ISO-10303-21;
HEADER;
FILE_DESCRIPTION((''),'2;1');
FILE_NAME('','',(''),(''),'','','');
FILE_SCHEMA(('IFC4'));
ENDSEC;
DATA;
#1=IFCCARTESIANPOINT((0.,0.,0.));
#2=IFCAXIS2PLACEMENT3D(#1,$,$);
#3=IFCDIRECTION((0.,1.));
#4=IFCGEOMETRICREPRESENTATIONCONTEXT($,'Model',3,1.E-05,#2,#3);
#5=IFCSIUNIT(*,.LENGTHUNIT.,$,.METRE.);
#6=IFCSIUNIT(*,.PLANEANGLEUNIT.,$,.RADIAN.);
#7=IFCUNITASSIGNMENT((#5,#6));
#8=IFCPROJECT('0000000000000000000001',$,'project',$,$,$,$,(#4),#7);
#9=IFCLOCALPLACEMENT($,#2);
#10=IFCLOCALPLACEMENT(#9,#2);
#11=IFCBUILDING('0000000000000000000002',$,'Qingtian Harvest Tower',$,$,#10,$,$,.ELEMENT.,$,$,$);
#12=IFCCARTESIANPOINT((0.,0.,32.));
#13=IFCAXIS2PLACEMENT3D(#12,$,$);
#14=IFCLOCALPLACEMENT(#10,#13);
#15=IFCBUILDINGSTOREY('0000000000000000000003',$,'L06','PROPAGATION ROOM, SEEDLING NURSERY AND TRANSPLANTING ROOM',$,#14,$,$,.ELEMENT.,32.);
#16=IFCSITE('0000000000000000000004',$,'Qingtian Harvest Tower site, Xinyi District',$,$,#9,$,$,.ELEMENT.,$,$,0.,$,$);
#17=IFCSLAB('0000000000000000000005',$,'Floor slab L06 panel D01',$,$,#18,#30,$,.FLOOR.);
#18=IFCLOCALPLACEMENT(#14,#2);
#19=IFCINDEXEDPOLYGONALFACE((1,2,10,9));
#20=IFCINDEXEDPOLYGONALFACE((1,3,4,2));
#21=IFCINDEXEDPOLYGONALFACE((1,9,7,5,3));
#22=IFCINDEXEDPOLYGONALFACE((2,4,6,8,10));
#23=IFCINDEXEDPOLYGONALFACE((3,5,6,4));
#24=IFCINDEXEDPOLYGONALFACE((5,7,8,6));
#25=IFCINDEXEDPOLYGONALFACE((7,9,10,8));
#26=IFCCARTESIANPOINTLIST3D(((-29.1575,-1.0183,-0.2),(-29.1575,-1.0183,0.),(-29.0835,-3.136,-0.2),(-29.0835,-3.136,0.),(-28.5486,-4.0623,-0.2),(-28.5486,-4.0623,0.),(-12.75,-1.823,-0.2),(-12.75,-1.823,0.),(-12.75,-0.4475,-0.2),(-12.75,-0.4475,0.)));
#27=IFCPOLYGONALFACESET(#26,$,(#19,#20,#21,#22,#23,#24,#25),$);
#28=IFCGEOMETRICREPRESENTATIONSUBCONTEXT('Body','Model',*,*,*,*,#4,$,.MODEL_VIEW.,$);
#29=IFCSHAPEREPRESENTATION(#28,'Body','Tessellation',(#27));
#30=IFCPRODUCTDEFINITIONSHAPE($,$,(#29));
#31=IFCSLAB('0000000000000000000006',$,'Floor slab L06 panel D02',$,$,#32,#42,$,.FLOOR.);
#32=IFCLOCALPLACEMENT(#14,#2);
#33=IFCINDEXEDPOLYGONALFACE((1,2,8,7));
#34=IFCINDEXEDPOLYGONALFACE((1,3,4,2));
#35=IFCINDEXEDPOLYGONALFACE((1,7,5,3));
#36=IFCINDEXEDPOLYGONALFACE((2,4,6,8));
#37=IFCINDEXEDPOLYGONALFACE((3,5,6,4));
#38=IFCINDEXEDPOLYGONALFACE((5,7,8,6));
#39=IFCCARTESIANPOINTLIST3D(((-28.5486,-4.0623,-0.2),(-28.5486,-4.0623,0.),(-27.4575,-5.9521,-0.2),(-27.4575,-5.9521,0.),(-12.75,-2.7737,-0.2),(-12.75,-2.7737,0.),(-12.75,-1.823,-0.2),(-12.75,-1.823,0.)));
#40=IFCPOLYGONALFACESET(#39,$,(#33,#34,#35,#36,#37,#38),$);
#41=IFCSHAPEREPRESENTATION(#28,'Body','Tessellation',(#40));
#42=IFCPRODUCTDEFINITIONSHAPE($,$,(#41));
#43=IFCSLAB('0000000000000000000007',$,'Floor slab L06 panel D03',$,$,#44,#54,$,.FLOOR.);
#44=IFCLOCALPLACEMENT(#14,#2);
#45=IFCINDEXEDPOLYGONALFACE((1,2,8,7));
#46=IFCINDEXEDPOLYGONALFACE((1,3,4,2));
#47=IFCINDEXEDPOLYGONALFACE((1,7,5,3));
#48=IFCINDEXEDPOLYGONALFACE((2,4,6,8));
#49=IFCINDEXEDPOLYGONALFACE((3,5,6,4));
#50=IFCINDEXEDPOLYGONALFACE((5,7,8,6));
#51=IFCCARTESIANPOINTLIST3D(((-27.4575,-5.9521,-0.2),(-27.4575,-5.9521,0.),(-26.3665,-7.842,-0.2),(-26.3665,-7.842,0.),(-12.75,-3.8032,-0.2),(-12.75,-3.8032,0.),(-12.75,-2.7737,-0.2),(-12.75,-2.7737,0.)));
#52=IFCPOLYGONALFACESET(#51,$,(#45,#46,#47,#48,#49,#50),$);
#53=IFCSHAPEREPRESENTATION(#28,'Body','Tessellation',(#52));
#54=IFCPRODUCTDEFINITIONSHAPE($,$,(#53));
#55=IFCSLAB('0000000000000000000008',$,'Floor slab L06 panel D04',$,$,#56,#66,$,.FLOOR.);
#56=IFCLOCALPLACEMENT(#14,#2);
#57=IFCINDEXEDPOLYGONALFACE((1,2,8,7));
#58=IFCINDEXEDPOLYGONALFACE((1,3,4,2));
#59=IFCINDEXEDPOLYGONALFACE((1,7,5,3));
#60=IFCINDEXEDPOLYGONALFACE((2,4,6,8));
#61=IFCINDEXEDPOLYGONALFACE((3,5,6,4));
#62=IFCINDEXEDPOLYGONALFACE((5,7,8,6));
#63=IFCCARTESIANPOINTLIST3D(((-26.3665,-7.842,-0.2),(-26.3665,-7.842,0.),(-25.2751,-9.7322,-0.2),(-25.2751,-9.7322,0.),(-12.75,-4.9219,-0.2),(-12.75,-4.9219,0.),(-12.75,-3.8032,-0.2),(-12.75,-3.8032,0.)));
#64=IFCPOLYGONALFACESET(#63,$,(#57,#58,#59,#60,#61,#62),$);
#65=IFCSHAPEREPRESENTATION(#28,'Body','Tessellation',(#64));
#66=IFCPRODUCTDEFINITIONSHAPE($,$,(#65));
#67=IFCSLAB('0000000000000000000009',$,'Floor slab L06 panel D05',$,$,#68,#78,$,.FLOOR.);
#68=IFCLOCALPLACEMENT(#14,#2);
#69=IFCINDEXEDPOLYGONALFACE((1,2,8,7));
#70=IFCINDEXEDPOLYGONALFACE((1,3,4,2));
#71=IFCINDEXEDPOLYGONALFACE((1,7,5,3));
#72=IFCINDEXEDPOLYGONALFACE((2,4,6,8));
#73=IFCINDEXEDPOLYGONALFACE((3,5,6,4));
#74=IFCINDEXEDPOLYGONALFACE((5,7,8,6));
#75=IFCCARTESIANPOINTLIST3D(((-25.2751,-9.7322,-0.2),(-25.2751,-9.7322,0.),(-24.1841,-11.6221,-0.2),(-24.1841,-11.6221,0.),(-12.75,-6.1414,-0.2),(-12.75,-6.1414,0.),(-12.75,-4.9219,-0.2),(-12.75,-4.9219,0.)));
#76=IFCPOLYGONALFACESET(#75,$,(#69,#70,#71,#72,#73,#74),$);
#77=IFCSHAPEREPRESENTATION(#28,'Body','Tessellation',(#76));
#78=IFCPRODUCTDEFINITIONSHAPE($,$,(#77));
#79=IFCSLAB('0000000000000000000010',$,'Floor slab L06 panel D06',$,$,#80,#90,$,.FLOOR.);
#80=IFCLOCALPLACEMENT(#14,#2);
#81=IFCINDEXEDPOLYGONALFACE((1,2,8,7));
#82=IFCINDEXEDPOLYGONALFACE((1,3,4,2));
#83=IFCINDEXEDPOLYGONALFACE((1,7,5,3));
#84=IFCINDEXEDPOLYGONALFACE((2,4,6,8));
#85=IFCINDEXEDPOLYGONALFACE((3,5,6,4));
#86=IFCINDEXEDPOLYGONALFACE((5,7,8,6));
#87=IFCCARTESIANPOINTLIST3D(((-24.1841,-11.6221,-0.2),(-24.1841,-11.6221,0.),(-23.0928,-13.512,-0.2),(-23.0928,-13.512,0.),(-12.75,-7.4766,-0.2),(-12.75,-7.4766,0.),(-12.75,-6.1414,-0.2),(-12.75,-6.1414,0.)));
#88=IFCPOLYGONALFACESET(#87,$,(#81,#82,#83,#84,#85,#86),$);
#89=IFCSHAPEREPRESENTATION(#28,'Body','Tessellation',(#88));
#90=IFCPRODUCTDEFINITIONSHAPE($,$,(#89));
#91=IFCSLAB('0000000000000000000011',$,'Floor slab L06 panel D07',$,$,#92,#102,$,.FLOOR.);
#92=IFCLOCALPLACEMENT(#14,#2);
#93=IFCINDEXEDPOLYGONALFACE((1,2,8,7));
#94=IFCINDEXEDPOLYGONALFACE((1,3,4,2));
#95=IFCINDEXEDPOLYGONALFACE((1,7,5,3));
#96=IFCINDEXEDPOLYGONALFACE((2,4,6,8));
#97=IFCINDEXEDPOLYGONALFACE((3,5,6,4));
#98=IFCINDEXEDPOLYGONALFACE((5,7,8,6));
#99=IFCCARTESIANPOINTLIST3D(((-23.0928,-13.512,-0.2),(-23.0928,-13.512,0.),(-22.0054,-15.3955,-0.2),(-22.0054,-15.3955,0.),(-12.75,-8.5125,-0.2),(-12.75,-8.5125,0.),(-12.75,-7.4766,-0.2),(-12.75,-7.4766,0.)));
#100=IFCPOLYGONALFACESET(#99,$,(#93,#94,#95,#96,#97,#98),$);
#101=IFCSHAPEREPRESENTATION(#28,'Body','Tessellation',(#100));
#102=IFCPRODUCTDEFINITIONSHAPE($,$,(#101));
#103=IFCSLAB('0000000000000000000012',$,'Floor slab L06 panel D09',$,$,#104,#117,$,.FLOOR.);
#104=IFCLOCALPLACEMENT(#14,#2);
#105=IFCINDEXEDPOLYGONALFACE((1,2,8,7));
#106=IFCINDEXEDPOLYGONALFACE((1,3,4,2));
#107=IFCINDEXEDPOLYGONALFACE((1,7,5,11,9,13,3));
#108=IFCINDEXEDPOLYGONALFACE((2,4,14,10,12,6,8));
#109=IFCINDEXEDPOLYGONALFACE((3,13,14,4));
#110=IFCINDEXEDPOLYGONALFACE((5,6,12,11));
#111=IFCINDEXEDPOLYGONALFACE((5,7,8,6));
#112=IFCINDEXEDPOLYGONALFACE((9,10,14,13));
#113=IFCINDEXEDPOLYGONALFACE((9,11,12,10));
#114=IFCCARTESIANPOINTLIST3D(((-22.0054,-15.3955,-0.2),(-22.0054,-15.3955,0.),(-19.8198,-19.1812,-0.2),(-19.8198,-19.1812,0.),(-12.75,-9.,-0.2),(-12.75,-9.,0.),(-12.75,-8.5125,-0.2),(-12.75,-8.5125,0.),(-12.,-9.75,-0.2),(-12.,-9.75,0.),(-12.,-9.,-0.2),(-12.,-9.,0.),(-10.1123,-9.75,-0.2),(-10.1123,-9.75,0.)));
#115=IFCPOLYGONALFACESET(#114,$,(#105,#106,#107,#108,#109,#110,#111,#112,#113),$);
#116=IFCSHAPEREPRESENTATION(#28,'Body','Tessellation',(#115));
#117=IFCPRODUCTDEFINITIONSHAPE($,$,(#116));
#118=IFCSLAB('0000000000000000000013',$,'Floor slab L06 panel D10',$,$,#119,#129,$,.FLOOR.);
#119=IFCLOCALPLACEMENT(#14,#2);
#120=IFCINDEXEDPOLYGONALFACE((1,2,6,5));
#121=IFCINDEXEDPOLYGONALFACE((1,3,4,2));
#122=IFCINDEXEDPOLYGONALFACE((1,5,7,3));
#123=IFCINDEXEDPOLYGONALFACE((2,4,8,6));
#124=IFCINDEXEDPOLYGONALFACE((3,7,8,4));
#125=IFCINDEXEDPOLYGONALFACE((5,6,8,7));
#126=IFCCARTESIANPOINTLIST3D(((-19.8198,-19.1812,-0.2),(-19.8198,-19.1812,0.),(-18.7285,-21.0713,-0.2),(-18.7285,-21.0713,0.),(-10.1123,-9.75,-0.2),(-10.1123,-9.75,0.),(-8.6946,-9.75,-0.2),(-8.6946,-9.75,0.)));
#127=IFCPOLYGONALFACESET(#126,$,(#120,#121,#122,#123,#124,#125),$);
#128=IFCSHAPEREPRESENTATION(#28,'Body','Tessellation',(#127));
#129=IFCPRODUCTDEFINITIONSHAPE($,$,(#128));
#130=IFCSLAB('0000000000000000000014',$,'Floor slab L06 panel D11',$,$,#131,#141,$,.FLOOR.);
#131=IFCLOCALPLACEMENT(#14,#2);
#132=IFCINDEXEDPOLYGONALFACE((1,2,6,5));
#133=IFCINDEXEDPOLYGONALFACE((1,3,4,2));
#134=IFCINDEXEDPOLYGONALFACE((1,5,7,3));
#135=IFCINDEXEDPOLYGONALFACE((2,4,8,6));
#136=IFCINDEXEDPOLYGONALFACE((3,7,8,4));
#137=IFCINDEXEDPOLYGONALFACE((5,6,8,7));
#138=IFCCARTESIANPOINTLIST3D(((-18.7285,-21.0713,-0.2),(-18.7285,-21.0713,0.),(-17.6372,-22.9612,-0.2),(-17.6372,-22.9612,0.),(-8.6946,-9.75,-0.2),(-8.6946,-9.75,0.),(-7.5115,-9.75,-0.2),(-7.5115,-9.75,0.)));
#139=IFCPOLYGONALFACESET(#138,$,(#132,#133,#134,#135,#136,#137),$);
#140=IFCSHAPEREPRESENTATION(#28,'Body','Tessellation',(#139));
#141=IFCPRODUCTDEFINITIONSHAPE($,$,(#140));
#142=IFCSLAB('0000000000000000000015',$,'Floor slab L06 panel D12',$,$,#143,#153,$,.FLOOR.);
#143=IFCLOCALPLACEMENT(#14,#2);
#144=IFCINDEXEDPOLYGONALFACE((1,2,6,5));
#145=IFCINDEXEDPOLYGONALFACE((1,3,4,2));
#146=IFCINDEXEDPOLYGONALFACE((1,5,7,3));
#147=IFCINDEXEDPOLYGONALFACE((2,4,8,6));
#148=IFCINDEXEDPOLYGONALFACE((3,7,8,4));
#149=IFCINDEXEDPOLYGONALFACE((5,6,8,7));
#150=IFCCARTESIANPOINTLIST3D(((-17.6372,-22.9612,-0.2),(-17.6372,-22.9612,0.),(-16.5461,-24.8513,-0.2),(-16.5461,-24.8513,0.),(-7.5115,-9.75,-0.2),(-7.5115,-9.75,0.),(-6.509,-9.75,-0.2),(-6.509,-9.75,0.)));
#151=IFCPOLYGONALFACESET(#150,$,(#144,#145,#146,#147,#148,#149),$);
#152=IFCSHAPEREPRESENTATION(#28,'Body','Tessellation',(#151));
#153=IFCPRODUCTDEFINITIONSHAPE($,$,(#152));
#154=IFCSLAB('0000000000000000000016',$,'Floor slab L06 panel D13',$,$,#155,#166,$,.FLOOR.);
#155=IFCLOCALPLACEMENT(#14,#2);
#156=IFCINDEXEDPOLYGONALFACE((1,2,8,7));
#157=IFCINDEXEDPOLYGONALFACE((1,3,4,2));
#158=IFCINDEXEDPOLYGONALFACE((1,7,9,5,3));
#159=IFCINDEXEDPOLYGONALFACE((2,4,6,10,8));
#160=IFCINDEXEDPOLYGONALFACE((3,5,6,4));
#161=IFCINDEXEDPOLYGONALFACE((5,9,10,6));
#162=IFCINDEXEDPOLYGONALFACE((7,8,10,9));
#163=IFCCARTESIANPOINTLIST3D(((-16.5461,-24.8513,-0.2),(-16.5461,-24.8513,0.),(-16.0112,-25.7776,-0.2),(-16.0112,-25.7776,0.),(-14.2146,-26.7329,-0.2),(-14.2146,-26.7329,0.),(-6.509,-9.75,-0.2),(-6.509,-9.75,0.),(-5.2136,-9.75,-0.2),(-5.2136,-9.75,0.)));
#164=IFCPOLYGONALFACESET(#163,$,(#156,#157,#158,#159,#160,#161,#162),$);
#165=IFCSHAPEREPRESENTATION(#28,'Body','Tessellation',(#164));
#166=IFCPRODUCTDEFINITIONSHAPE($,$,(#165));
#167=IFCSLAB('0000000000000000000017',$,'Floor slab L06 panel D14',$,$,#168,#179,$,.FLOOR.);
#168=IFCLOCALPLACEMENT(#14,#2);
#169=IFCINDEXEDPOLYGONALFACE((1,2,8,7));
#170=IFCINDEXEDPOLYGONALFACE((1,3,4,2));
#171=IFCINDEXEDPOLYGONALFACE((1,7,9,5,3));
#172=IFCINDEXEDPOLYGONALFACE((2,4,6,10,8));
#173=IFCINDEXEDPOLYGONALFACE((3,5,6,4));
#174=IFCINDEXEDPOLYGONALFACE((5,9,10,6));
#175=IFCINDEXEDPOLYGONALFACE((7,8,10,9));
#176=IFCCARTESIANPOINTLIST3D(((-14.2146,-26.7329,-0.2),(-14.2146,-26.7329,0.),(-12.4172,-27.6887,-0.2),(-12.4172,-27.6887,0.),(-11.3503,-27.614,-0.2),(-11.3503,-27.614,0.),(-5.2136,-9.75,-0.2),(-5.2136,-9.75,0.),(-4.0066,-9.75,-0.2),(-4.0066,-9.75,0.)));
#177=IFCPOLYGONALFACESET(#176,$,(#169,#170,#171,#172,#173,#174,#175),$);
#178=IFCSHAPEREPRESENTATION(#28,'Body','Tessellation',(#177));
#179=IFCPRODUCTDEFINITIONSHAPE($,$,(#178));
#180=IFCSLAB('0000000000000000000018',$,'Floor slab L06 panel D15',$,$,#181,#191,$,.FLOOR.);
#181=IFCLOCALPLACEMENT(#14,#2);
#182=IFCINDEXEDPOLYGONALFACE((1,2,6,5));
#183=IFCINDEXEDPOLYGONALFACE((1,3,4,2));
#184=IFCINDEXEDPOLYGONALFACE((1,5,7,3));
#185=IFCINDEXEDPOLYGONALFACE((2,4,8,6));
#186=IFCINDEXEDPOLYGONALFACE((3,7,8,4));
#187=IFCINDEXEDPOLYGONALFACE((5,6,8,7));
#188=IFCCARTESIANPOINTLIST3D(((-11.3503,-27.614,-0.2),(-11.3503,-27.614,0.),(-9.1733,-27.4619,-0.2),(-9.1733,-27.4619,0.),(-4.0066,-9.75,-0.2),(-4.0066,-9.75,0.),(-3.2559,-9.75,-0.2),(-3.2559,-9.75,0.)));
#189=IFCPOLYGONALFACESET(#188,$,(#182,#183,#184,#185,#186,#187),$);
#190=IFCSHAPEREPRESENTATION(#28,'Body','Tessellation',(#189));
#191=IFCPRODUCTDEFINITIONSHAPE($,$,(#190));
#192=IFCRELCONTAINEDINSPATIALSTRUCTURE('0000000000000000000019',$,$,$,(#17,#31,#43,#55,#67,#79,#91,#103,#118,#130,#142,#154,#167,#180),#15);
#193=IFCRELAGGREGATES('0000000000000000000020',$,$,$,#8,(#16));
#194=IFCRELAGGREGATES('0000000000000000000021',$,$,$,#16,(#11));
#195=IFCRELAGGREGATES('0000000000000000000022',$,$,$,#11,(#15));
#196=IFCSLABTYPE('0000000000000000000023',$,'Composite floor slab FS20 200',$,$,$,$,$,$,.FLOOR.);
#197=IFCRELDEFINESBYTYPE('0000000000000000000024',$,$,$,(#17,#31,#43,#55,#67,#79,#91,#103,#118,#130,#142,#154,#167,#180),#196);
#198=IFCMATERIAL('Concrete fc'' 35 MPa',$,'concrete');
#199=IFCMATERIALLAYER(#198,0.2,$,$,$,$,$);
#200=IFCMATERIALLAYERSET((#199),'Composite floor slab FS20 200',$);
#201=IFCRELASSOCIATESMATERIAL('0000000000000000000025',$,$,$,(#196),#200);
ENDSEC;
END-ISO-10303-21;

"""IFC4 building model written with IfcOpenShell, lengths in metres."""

from ifc_helpers import new_model, si_unit, direction, frame, origin, place, context, subcontext, project, spatial, polyline, outline, extrude, material, layer, layer_set, type_object, element, save


model = new_model("IFC4")

# Units and contexts
model_context = context("Model", 3, precision=1e-05, world=origin(), true_north=direction((0.0, 1.0)))
body_context = subcontext(model_context, "Body", "Model", "MODEL_VIEW")
ifc_project = project(units=[si_unit("LENGTHUNIT", "METRE"), si_unit("PLANEANGLEUNIT", "RADIAN")], contexts=[model_context])

# Site, building, storey
site_placement = place(None, origin())
site = spatial("IfcSite", under=ifc_project, at=site_placement, Name="Qingtian Harvest Tower site, Xinyi District", CompositionType="ELEMENT", RefElevation=0.0)
building_placement = place(site_placement, origin())
building = spatial("IfcBuilding", under=site, at=building_placement, Name="Qingtian Harvest Tower", CompositionType="ELEMENT")
storey_placement = place(building_placement, frame((0.0, 0.0, 32.0)))
storey = spatial("IfcBuildingStorey", under=building, at=storey_placement, Name="L06", Description="PROPAGATION ROOM, SEEDLING NURSERY AND TRANSPLANTING ROOM", CompositionType="ELEMENT", Elevation=32.0)

# Slabs
ifc_material_1 = material(Name="Concrete fc' 35 MPa", Category="concrete")
ifc_layer_1 = layer(ifc_material_1, 0.2)
ifc_layer_set_1 = layer_set([ifc_layer_1], Name="Composite floor slab FS20 200")
slab_type_1 = type_object("IfcSlabType", Name="Composite floor slab FS20 200", PredefinedType="FLOOR", material=ifc_layer_set_1)
slab_1_placement = place(storey_placement, frame((0.0, 0.0, -0.2)))
element("IfcSlab", 1, at=slab_1_placement, inside=storey, type_object=slab_type_1, Name="Floor slab L06 panel D01", PredefinedType="FLOOR", context=body_context, shape_type="SweptSolid", body=[
    extrude(outline(polyline([(-29.1575, -1.0183), (-12.75, -0.4475), (-12.75, -1.823), (-28.5486, -4.0623), (-29.0835, -3.136), (-29.1575, -1.0183)])), origin(), (0.0, 0.0, 1.0), 0.2),
])
slab_2_placement = place(storey_placement, frame((0.0, 0.0, -0.2)))
element("IfcSlab", 2, at=slab_2_placement, inside=storey, type_object=slab_type_1, Name="Floor slab L06 panel D02", PredefinedType="FLOOR", context=body_context, shape_type="SweptSolid", body=[
    extrude(outline(polyline([(-12.75, -2.7737), (-27.4575, -5.9521), (-28.5486, -4.0623), (-12.75, -1.823), (-12.75, -2.7737)])), origin(), (0.0, 0.0, 1.0), 0.2),
])
slab_3_placement = place(storey_placement, frame((0.0, 0.0, -0.2)))
element("IfcSlab", 3, at=slab_3_placement, inside=storey, type_object=slab_type_1, Name="Floor slab L06 panel D03", PredefinedType="FLOOR", context=body_context, shape_type="SweptSolid", body=[
    extrude(outline(polyline([(-12.75, -3.8032), (-26.3665, -7.842), (-27.4575, -5.9521), (-12.75, -2.7737), (-12.75, -3.8032)])), origin(), (0.0, 0.0, 1.0), 0.2),
])
slab_4_placement = place(storey_placement, frame((0.0, 0.0, -0.2)))
element("IfcSlab", 4, at=slab_4_placement, inside=storey, type_object=slab_type_1, Name="Floor slab L06 panel D04", PredefinedType="FLOOR", context=body_context, shape_type="SweptSolid", body=[
    extrude(outline(polyline([(-12.75, -4.9219), (-25.2751, -9.7322), (-26.3665, -7.842), (-12.75, -3.8032), (-12.75, -4.9219)])), origin(), (0.0, 0.0, 1.0), 0.2),
])
slab_5_placement = place(storey_placement, frame((0.0, 0.0, -0.2)))
element("IfcSlab", 5, at=slab_5_placement, inside=storey, type_object=slab_type_1, Name="Floor slab L06 panel D05", PredefinedType="FLOOR", context=body_context, shape_type="SweptSolid", body=[
    extrude(outline(polyline([(-12.75, -6.1414), (-24.1841, -11.6221), (-25.2751, -9.7322), (-12.75, -4.9219), (-12.75, -6.1414)])), origin(), (0.0, 0.0, 1.0), 0.2),
])
slab_6_placement = place(storey_placement, frame((0.0, 0.0, -0.2)))
element("IfcSlab", 6, at=slab_6_placement, inside=storey, type_object=slab_type_1, Name="Floor slab L06 panel D06", PredefinedType="FLOOR", context=body_context, shape_type="SweptSolid", body=[
    extrude(outline(polyline([(-12.75, -7.4766), (-23.0928, -13.512), (-24.1841, -11.6221), (-12.75, -6.1414), (-12.75, -7.4766)])), origin(), (0.0, 0.0, 1.0), 0.2),
])
slab_7_placement = place(storey_placement, frame((0.0, 0.0, -0.2)))
element("IfcSlab", 7, at=slab_7_placement, inside=storey, type_object=slab_type_1, Name="Floor slab L06 panel D07", PredefinedType="FLOOR", context=body_context, shape_type="SweptSolid", body=[
    extrude(outline(polyline([(-12.75, -8.5125), (-22.0054, -15.3955), (-23.0928, -13.512), (-12.75, -7.4766), (-12.75, -8.5125)])), origin(), (0.0, 0.0, 1.0), 0.2),
])
slab_8_placement = place(storey_placement, frame((0.0, 0.0, -0.2)))
element("IfcSlab", 8, at=slab_8_placement, inside=storey, type_object=slab_type_1, Name="Floor slab L06 panel D09", PredefinedType="FLOOR", context=body_context, shape_type="SweptSolid", body=[
    extrude(outline(polyline([(-19.8198, -19.1812), (-22.0054, -15.3955), (-12.75, -8.5125), (-12.75, -9.0), (-12.0, -9.0), (-12.0, -9.75), (-10.1123, -9.75), (-19.8198, -19.1812)])), origin(), (0.0, 0.0, 1.0), 0.2),
])
slab_9_placement = place(storey_placement, frame((0.0, 0.0, -0.2)))
element("IfcSlab", 9, at=slab_9_placement, inside=storey, type_object=slab_type_1, Name="Floor slab L06 panel D10", PredefinedType="FLOOR", context=body_context, shape_type="SweptSolid", body=[
    extrude(outline(polyline([(-8.6946, -9.75), (-18.7285, -21.0713), (-19.8198, -19.1812), (-10.1123, -9.75), (-8.6946, -9.75)])), origin(), (0.0, 0.0, 1.0), 0.2),
])
slab_10_placement = place(storey_placement, frame((0.0, 0.0, -0.2)))
element("IfcSlab", 10, at=slab_10_placement, inside=storey, type_object=slab_type_1, Name="Floor slab L06 panel D11", PredefinedType="FLOOR", context=body_context, shape_type="SweptSolid", body=[
    extrude(outline(polyline([(-7.5115, -9.75), (-17.6372, -22.9612), (-18.7285, -21.0713), (-8.6946, -9.75), (-7.5115, -9.75)])), origin(), (0.0, 0.0, 1.0), 0.2),
])
slab_11_placement = place(storey_placement, frame((0.0, 0.0, -0.2)))
element("IfcSlab", 11, at=slab_11_placement, inside=storey, type_object=slab_type_1, Name="Floor slab L06 panel D12", PredefinedType="FLOOR", context=body_context, shape_type="SweptSolid", body=[
    extrude(outline(polyline([(-6.509, -9.75), (-16.5461, -24.8513), (-17.6372, -22.9612), (-7.5115, -9.75), (-6.509, -9.75)])), origin(), (0.0, 0.0, 1.0), 0.2),
])
slab_12_placement = place(storey_placement, frame((0.0, 0.0, -0.2)))
element("IfcSlab", 12, at=slab_12_placement, inside=storey, type_object=slab_type_1, Name="Floor slab L06 panel D13", PredefinedType="FLOOR", context=body_context, shape_type="SweptSolid", body=[
    extrude(outline(polyline([(-6.509, -9.75), (-5.2136, -9.75), (-14.2146, -26.7329), (-16.0112, -25.7776), (-16.5461, -24.8513), (-6.509, -9.75)])), origin(), (0.0, 0.0, 1.0), 0.2),
])
slab_13_placement = place(storey_placement, frame((0.0, 0.0, -0.2)))
element("IfcSlab", 13, at=slab_13_placement, inside=storey, type_object=slab_type_1, Name="Floor slab L06 panel D14", PredefinedType="FLOOR", context=body_context, shape_type="SweptSolid", body=[
    extrude(outline(polyline([(-5.2136, -9.75), (-4.0066, -9.75), (-11.3503, -27.614), (-12.4172, -27.6887), (-14.2146, -26.7329), (-5.2136, -9.75)])), origin(), (0.0, 0.0, 1.0), 0.2),
])
slab_14_placement = place(storey_placement, frame((0.0, 0.0, -0.2)))
element("IfcSlab", 14, at=slab_14_placement, inside=storey, type_object=slab_type_1, Name="Floor slab L06 panel D15", PredefinedType="FLOOR", context=body_context, shape_type="SweptSolid", body=[
    extrude(outline(polyline([(-3.2559, -9.75), (-9.1733, -27.4619), (-11.3503, -27.614), (-4.0066, -9.75), (-3.2559, -9.75)])), origin(), (0.0, 0.0, 1.0), 0.2),
])

save(model, "model.ifc")
